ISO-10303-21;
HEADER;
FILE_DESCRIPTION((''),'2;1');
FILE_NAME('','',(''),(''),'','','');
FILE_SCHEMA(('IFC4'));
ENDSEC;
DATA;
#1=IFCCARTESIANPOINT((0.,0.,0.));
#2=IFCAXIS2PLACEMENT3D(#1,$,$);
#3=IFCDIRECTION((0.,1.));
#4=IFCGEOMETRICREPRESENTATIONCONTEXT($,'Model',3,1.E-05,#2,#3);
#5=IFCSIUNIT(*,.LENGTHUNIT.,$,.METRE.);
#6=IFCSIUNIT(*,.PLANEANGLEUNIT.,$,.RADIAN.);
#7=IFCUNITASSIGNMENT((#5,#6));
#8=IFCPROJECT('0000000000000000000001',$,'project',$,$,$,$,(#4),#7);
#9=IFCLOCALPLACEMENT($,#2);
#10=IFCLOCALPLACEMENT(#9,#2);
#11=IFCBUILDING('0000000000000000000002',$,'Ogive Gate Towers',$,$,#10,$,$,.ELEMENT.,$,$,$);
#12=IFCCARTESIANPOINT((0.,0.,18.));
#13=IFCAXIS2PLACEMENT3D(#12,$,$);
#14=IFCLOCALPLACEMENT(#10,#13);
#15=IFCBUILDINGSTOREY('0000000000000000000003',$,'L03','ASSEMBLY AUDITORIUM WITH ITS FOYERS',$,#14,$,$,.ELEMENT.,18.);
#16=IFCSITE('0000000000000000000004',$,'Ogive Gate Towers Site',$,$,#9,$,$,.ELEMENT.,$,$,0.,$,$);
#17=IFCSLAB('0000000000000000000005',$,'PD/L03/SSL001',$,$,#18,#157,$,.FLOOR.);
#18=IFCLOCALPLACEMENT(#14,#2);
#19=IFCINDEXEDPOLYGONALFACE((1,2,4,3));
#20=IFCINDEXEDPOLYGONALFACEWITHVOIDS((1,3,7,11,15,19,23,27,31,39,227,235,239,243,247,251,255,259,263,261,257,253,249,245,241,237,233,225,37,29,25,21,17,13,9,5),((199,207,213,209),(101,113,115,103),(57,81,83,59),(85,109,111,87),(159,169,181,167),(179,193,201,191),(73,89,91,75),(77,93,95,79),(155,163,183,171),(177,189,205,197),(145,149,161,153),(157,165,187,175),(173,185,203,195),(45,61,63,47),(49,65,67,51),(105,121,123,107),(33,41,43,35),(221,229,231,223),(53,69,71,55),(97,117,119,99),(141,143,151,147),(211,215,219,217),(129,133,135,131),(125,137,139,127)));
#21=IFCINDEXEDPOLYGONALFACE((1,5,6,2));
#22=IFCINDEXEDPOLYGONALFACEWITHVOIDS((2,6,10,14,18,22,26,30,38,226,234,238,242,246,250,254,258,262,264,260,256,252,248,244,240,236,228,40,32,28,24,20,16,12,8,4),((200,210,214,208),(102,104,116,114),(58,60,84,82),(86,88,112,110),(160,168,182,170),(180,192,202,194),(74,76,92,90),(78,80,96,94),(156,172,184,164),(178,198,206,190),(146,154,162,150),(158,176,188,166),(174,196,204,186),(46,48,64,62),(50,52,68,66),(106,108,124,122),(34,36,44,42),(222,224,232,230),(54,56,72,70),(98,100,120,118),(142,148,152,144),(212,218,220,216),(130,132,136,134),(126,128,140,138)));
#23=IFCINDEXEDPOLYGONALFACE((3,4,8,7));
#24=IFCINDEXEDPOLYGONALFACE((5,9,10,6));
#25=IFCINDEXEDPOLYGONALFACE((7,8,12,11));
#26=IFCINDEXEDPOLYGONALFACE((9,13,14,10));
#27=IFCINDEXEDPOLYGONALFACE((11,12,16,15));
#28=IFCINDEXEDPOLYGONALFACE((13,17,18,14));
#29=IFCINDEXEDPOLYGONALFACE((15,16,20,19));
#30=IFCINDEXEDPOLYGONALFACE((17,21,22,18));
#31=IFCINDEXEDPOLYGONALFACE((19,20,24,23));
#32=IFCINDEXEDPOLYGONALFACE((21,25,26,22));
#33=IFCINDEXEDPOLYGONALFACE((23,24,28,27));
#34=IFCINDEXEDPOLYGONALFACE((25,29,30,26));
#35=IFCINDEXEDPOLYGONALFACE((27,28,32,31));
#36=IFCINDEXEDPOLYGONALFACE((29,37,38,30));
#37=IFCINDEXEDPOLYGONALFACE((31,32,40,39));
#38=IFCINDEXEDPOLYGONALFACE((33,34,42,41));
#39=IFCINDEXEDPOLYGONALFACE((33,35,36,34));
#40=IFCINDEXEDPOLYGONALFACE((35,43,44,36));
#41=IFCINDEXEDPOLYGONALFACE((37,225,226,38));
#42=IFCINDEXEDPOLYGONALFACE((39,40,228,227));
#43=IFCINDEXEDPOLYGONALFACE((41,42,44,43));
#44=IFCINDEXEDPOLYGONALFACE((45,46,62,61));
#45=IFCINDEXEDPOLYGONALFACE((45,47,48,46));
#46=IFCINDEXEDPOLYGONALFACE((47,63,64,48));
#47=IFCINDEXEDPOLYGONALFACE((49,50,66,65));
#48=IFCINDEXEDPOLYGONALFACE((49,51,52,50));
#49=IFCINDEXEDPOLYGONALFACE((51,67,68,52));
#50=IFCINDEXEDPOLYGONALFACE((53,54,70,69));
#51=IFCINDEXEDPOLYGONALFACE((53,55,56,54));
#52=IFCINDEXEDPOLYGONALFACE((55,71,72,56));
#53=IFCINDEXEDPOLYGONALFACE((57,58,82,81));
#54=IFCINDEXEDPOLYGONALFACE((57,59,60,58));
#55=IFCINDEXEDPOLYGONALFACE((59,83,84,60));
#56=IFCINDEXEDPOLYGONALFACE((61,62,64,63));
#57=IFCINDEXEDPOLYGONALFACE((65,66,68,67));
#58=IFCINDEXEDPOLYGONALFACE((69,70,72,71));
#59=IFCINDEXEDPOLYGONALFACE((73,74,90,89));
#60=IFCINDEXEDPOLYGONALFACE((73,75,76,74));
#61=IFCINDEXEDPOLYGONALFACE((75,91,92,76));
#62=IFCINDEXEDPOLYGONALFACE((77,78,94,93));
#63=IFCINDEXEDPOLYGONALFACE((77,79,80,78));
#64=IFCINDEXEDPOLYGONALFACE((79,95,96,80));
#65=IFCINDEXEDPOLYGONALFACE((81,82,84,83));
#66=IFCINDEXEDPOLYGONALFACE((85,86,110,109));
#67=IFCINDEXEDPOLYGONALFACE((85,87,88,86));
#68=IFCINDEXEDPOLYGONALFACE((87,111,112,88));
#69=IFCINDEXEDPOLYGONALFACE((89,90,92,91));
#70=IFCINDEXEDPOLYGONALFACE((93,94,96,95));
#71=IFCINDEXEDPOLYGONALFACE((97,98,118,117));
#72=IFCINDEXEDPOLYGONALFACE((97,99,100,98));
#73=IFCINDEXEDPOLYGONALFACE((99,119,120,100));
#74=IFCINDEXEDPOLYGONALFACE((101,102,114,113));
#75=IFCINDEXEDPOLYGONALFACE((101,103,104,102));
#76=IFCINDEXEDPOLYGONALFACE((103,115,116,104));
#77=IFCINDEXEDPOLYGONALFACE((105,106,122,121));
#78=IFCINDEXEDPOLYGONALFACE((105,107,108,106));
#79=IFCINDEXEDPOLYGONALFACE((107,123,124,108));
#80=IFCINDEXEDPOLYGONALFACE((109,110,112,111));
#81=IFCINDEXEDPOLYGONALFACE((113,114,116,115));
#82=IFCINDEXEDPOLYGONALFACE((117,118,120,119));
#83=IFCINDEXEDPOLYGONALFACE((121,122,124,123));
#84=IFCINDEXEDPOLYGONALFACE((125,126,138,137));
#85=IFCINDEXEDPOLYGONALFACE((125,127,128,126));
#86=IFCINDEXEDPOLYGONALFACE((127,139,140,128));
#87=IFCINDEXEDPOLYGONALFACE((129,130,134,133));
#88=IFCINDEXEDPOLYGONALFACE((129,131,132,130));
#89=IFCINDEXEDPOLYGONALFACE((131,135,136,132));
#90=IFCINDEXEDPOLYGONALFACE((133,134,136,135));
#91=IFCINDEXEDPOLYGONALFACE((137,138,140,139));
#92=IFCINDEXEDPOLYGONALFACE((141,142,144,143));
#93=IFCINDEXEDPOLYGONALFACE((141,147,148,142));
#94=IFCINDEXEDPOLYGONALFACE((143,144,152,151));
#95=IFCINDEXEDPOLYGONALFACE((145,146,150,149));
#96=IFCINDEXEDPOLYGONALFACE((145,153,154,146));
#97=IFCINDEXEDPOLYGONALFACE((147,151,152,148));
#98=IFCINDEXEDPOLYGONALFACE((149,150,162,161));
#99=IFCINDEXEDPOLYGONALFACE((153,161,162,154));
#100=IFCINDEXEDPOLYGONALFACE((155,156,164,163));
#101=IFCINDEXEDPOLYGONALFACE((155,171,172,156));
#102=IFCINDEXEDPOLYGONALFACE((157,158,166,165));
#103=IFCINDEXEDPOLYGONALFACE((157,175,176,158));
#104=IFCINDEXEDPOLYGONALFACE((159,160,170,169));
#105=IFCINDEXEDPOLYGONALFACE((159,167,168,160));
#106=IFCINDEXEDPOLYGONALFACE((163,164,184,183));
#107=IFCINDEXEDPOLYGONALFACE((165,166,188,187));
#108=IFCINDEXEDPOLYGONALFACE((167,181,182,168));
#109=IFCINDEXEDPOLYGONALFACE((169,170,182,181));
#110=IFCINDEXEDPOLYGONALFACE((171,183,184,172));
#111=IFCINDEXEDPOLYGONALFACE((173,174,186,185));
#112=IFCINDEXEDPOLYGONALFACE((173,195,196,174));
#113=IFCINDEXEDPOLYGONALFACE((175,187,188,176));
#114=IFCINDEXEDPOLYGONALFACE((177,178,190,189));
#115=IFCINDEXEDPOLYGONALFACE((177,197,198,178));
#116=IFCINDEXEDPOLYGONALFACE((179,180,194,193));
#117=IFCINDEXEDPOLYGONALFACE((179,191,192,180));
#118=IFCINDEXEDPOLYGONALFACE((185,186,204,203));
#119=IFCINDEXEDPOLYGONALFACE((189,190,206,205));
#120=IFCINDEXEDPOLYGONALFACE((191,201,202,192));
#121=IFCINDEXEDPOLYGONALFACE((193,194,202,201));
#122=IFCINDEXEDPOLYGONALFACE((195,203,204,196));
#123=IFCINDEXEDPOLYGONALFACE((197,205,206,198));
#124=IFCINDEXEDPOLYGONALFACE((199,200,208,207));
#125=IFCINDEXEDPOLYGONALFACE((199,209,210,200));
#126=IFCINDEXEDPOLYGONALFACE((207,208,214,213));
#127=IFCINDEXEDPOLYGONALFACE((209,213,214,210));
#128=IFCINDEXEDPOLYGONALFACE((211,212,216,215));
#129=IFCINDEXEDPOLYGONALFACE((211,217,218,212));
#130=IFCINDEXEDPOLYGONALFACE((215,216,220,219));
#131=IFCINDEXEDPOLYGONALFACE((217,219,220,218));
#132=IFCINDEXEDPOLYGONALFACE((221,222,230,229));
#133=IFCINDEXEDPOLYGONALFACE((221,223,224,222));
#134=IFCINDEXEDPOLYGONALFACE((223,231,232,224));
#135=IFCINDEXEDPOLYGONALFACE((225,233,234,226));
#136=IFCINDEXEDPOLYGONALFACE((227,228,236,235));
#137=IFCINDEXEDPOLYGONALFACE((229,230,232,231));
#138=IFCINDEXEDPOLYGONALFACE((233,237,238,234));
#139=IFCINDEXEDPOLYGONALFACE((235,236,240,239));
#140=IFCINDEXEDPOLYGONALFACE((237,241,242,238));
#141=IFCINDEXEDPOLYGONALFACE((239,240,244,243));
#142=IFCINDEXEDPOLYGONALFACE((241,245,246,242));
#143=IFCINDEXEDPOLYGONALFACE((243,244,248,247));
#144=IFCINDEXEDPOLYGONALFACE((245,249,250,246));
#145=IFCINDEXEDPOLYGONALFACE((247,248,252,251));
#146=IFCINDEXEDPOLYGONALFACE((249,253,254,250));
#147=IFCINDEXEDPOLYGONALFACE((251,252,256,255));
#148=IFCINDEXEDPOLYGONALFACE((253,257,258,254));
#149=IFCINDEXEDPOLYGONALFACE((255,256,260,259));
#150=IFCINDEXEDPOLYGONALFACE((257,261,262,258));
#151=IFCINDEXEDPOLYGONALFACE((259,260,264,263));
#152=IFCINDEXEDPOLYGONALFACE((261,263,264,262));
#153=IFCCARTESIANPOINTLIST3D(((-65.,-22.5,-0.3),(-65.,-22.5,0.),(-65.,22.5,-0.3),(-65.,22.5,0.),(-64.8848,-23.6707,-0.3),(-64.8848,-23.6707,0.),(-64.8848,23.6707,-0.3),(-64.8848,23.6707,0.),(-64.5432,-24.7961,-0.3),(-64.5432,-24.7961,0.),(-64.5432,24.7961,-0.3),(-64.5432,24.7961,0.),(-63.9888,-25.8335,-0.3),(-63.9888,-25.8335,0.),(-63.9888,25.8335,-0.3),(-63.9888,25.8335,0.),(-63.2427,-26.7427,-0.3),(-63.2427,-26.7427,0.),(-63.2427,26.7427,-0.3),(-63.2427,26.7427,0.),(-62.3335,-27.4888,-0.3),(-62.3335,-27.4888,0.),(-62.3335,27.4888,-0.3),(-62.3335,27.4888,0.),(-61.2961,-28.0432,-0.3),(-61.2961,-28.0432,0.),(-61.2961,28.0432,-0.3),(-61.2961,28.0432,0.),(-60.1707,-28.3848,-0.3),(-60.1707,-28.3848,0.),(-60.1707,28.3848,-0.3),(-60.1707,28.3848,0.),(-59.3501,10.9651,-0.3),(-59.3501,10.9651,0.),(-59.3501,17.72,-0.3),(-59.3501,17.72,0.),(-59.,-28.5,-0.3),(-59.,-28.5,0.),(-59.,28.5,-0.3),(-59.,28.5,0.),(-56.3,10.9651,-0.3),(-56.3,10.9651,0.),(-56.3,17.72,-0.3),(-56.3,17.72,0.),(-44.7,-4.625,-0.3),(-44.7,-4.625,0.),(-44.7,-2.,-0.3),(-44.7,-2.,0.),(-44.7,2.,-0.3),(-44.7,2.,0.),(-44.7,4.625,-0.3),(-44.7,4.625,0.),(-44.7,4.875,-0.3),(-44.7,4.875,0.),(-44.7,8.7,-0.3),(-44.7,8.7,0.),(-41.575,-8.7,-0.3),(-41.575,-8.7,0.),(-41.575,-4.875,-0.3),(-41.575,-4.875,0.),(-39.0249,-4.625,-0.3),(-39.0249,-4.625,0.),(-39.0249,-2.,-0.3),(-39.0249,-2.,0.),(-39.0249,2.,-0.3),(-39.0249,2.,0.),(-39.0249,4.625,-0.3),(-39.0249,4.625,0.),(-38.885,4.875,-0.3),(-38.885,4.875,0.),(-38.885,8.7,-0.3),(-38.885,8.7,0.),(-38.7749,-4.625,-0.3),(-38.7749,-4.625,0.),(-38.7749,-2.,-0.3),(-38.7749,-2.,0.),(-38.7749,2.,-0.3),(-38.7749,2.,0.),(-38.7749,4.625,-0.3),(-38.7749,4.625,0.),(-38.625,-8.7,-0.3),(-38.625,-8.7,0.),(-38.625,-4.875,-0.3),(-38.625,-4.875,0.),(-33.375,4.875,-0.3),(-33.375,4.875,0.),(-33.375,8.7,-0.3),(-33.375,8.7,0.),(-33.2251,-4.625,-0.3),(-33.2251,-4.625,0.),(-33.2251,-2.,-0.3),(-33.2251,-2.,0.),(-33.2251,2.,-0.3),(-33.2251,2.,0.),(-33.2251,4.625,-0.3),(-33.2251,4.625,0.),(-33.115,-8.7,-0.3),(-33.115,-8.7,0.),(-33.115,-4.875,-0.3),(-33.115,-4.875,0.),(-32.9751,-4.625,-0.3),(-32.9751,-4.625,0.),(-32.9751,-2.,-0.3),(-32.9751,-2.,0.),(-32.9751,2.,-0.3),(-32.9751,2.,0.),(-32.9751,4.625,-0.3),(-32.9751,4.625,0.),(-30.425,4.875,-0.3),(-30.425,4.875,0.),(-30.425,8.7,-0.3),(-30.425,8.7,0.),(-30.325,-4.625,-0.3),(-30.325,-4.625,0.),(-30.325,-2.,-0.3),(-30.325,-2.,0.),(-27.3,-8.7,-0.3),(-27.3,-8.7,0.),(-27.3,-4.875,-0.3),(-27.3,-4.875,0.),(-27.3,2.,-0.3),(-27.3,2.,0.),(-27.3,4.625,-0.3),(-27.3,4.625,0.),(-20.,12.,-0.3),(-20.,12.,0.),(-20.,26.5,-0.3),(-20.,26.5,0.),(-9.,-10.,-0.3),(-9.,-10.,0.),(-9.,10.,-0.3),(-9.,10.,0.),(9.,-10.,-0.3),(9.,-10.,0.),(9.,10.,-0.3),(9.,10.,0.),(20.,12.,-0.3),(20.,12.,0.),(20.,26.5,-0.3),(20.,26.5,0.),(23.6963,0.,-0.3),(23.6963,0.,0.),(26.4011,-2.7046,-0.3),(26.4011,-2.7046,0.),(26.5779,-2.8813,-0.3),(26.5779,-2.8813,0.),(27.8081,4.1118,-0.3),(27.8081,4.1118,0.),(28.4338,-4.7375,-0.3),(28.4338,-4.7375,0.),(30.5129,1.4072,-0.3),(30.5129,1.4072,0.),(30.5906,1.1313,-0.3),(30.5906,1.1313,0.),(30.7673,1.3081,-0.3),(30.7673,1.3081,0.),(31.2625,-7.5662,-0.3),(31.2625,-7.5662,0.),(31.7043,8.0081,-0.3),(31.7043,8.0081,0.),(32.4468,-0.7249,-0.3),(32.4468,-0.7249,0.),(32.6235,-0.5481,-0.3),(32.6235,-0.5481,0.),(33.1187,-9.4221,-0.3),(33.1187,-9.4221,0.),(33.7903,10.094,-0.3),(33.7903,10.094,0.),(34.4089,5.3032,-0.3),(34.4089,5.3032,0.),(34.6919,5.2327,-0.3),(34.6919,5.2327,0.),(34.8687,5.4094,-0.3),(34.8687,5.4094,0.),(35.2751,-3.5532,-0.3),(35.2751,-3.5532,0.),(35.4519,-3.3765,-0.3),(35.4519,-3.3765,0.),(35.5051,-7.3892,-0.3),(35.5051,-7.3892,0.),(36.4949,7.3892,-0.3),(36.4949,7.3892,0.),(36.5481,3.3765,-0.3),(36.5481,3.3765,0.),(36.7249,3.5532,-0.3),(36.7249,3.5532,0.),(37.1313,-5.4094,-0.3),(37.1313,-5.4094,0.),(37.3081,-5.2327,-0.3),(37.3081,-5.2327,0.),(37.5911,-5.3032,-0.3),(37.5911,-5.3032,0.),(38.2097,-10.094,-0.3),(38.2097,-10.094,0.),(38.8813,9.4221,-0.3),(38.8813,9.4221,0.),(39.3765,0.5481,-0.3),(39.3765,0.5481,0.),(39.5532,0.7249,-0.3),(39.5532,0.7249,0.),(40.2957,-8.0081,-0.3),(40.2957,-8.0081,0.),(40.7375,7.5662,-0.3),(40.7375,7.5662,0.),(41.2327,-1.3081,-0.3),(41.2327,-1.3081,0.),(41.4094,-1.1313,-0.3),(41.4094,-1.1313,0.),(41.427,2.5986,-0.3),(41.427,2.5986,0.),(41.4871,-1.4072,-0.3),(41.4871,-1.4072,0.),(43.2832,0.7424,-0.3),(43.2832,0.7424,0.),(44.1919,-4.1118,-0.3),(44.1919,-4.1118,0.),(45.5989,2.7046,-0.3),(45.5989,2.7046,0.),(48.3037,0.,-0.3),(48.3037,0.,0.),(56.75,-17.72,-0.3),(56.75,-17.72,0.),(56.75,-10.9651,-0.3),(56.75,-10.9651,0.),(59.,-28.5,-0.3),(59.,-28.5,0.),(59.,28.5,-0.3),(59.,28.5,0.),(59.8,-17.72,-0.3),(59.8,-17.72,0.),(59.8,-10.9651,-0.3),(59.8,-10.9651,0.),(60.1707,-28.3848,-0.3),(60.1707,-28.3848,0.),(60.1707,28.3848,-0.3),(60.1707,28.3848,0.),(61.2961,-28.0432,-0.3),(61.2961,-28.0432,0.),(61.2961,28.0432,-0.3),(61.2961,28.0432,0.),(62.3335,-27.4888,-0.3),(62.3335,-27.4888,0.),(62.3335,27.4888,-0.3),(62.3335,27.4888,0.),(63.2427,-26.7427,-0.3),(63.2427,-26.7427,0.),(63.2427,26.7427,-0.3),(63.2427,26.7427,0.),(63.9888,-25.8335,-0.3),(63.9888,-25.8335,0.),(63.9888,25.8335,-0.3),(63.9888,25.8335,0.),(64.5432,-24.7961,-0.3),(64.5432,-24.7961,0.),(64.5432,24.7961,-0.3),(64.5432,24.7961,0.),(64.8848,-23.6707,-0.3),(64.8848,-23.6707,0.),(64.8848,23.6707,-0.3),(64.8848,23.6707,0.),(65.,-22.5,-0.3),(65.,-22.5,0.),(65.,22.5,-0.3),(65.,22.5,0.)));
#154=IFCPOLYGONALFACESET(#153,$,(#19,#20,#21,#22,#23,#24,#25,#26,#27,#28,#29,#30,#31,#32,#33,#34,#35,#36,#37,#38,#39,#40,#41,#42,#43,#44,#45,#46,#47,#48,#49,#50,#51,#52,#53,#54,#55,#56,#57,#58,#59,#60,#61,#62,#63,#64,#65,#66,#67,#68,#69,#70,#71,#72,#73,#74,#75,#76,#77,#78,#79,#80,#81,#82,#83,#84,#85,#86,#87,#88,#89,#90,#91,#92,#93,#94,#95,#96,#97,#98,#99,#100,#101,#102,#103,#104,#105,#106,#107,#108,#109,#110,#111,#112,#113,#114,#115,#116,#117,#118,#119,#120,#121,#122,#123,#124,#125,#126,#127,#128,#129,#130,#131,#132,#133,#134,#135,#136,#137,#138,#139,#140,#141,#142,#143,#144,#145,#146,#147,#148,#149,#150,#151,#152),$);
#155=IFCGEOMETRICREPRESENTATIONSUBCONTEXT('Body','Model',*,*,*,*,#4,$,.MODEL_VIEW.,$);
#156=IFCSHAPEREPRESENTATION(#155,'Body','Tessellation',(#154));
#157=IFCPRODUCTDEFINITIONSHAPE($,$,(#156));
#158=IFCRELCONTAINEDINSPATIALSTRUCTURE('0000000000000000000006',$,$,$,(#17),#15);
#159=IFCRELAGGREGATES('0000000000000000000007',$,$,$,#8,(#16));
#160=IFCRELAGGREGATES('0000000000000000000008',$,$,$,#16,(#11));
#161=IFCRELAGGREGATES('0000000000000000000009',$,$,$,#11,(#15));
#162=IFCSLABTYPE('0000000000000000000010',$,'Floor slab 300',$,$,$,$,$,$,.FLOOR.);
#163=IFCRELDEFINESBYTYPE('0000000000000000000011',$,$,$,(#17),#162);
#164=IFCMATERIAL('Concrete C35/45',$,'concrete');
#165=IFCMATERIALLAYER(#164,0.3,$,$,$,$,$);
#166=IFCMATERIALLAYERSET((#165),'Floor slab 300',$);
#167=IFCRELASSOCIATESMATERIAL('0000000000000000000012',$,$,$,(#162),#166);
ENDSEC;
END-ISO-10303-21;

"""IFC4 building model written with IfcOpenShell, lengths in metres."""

from ifc_helpers import new_model, si_unit, direction, frame, origin, place, context, subcontext, project, spatial, polyline, outline, extrude, material, layer, layer_set, type_object, element, save


model = new_model("IFC4")

# Units and contexts
model_context = context("Model", 3, precision=1e-05, world=origin(), true_north=direction((0.0, 1.0)))
body_context = subcontext(model_context, "Body", "Model", "MODEL_VIEW")
ifc_project = project(units=[si_unit("LENGTHUNIT", "METRE"), si_unit("PLANEANGLEUNIT", "RADIAN")], contexts=[model_context])

# Site, building, storey
site_placement = place(None, origin())
site = spatial("IfcSite", under=ifc_project, at=site_placement, Name="Ogive Gate Towers Site", CompositionType="ELEMENT", RefElevation=0.0)
building_placement = place(site_placement, origin())
building = spatial("IfcBuilding", under=site, at=building_placement, Name="Ogive Gate Towers", CompositionType="ELEMENT")
storey_placement = place(building_placement, frame((0.0, 0.0, 18.0)))
storey = spatial("IfcBuildingStorey", under=building, at=storey_placement, Name="L03", Description="ASSEMBLY AUDITORIUM WITH ITS FOYERS", CompositionType="ELEMENT", Elevation=18.0)

# Slab
ifc_material_1 = material(Name="Concrete C35/45", Category="concrete")
ifc_layer_1 = layer(ifc_material_1, 0.3)
ifc_layer_set_1 = layer_set([ifc_layer_1], Name="Floor slab 300")
slab_type_1 = type_object("IfcSlabType", Name="Floor slab 300", PredefinedType="FLOOR", material=ifc_layer_set_1)
slab_1_placement = place(storey_placement, frame((0.0, 0.0, -0.3)))
element("IfcSlab", 1, at=slab_1_placement, inside=storey, type_object=slab_type_1, Name="PD/L03/SSL001", PredefinedType="FLOOR", context=body_context, shape_type="SweptSolid", body=[
    extrude(outline(polyline([(63.9888, 25.8335), (63.2427, 26.7427), (62.3335, 27.4888), (61.2961, 28.0432), (60.1707, 28.3848), (59.0, 28.5), (-59.0, 28.5), (-60.1707, 28.3848), (-61.2961, 28.0432), (-62.3335, 27.4888), (-63.2427, 26.7427), (-63.9888, 25.8335), (-64.5432, 24.7961), (-64.8848, 23.6707), (-65.0, 22.5), (-65.0, -22.5), (-64.8848, -23.6707), (-64.5432, -24.7961), (-63.9888, -25.8335), (-63.2427, -26.7427), (-62.3335, -27.4888), (-61.2961, -28.0432), (-60.1707, -28.3848), (-59.0, -28.5), (59.0, -28.5), (60.1707, -28.3848), (61.2961, -28.0432), (62.3335, -27.4888), (63.2427, -26.7427), (63.9888, -25.8335), (64.5432, -24.7961), (64.8848, -23.6707), (65.0, -22.5), (65.0, 22.5), (64.8848, 23.6707), (64.5432, 24.7961), (63.9888, 25.8335)]), holes=[polyline([(-9.0, -10.0), (-9.0, 10.0), (9.0, 10.0), (9.0, -10.0), (-9.0, -10.0)]), polyline([(-20.0, 26.5), (20.0, 26.5), (20.0, 12.0), (-20.0, 12.0), (-20.0, 26.5)]), polyline([(-56.3, 10.9651), (-59.3501, 10.9651), (-59.3501, 17.72), (-56.3, 17.72), (-56.3, 10.9651)]), polyline([(59.8, -10.9651), (59.8, -17.72), (56.75, -17.72), (56.75, -10.9651), (59.8, -10.9651)]), polyline([(-39.0249, 2.0), (-44.7, 2.0), (-44.7, 4.625), (-39.0249, 4.625), (-39.0249, 2.0)]), polyline([(-38.7749, 4.625), (-33.2251, 4.625), (-33.2251, 2.0), (-38.7749, 2.0), (-38.7749, 4.625)]), polyline([(-27.3, 2.0), (-32.9751, 2.0), (-32.9751, 4.625), (-27.3, 4.625), (-27.3, 2.0)]), polyline([(-44.7, -2.0), (-39.0249, -2.0), (-39.0249, -4.625), (-44.7, -4.625), (-44.7, -2.0)]), polyline([(-33.2251, -4.625), (-38.7749, -4.625), (-38.7749, -2.0), (-33.2251, -2.0), (-33.2251, -4.625)]), polyline([(-32.9751, -2.0), (-30.325, -2.0), (-30.325, -4.625), (-32.9751, -4.625), (-32.9751, -2.0)]), polyline([(-30.425, 4.875), (-33.375, 4.875), (-33.375, 8.7), (-30.425, 8.7), (-30.425, 4.875)]), polyline([(-41.575, -4.875), (-38.625, -4.875), (-38.625, -8.7), (-41.575, -8.7), (-41.575, -4.875)]), polyline([(-44.7, 8.7), (-38.885, 8.7), (-38.885, 4.875), (-44.7, 4.875), (-44.7, 8.7)]), polyline([(-33.115, -4.875), (-27.3, -4.875), (-27.3, -8.7), (-33.115, -8.7), (-33.115, -4.875)]), polyline([(26.5779, -2.8813), (30.5906, 1.1313), (32.4468, -0.7249), (28.4338, -4.7375), (26.5779, -2.8813)]), polyline([(36.5481, 3.3765), (32.6235, -0.5481), (30.7673, 1.3081), (34.6919, 5.2327), (36.5481, 3.3765)]), polyline([(34.8687, 5.4094), (38.8813, 9.4221), (40.7375, 7.5662), (36.7249, 3.5532), (34.8687, 5.4094)]), polyline([(37.1313, -5.4094), (33.1187, -9.4221), (31.2625, -7.5662), (35.2751, -3.5532), (37.1313, -5.4094)]), polyline([(35.4519, -3.3765), (39.3765, 0.5481), (41.2327, -1.3081), (37.3081, -5.2327), (35.4519, -3.3765)]), polyline([(43.2832, 0.7424), (41.4094, -1.1313), (39.5532, 0.7249), (41.427, 2.5986), (43.2832, 0.7424)]), polyline([(31.7043, 8.0081), (33.7903, 10.094), (36.4949, 7.3892), (34.4089, 5.3032), (31.7043, 8.0081)]), polyline([(40.2957, -8.0081), (38.2097, -10.094), (35.5051, -7.3892), (37.5911, -5.3032), (40.2957, -8.0081)]), polyline([(30.5129, 1.4072), (26.4011, -2.7046), (23.6963, 0.0), (27.8081, 4.1118), (30.5129, 1.4072)]), polyline([(48.3037, 0.0), (44.1919, -4.1118), (41.4871, -1.4072), (45.5989, 2.7046), (48.3037, 0.0)])]), origin(), (0.0, 0.0, 1.0), 0.3),
])

save(model, "model.ifc")
